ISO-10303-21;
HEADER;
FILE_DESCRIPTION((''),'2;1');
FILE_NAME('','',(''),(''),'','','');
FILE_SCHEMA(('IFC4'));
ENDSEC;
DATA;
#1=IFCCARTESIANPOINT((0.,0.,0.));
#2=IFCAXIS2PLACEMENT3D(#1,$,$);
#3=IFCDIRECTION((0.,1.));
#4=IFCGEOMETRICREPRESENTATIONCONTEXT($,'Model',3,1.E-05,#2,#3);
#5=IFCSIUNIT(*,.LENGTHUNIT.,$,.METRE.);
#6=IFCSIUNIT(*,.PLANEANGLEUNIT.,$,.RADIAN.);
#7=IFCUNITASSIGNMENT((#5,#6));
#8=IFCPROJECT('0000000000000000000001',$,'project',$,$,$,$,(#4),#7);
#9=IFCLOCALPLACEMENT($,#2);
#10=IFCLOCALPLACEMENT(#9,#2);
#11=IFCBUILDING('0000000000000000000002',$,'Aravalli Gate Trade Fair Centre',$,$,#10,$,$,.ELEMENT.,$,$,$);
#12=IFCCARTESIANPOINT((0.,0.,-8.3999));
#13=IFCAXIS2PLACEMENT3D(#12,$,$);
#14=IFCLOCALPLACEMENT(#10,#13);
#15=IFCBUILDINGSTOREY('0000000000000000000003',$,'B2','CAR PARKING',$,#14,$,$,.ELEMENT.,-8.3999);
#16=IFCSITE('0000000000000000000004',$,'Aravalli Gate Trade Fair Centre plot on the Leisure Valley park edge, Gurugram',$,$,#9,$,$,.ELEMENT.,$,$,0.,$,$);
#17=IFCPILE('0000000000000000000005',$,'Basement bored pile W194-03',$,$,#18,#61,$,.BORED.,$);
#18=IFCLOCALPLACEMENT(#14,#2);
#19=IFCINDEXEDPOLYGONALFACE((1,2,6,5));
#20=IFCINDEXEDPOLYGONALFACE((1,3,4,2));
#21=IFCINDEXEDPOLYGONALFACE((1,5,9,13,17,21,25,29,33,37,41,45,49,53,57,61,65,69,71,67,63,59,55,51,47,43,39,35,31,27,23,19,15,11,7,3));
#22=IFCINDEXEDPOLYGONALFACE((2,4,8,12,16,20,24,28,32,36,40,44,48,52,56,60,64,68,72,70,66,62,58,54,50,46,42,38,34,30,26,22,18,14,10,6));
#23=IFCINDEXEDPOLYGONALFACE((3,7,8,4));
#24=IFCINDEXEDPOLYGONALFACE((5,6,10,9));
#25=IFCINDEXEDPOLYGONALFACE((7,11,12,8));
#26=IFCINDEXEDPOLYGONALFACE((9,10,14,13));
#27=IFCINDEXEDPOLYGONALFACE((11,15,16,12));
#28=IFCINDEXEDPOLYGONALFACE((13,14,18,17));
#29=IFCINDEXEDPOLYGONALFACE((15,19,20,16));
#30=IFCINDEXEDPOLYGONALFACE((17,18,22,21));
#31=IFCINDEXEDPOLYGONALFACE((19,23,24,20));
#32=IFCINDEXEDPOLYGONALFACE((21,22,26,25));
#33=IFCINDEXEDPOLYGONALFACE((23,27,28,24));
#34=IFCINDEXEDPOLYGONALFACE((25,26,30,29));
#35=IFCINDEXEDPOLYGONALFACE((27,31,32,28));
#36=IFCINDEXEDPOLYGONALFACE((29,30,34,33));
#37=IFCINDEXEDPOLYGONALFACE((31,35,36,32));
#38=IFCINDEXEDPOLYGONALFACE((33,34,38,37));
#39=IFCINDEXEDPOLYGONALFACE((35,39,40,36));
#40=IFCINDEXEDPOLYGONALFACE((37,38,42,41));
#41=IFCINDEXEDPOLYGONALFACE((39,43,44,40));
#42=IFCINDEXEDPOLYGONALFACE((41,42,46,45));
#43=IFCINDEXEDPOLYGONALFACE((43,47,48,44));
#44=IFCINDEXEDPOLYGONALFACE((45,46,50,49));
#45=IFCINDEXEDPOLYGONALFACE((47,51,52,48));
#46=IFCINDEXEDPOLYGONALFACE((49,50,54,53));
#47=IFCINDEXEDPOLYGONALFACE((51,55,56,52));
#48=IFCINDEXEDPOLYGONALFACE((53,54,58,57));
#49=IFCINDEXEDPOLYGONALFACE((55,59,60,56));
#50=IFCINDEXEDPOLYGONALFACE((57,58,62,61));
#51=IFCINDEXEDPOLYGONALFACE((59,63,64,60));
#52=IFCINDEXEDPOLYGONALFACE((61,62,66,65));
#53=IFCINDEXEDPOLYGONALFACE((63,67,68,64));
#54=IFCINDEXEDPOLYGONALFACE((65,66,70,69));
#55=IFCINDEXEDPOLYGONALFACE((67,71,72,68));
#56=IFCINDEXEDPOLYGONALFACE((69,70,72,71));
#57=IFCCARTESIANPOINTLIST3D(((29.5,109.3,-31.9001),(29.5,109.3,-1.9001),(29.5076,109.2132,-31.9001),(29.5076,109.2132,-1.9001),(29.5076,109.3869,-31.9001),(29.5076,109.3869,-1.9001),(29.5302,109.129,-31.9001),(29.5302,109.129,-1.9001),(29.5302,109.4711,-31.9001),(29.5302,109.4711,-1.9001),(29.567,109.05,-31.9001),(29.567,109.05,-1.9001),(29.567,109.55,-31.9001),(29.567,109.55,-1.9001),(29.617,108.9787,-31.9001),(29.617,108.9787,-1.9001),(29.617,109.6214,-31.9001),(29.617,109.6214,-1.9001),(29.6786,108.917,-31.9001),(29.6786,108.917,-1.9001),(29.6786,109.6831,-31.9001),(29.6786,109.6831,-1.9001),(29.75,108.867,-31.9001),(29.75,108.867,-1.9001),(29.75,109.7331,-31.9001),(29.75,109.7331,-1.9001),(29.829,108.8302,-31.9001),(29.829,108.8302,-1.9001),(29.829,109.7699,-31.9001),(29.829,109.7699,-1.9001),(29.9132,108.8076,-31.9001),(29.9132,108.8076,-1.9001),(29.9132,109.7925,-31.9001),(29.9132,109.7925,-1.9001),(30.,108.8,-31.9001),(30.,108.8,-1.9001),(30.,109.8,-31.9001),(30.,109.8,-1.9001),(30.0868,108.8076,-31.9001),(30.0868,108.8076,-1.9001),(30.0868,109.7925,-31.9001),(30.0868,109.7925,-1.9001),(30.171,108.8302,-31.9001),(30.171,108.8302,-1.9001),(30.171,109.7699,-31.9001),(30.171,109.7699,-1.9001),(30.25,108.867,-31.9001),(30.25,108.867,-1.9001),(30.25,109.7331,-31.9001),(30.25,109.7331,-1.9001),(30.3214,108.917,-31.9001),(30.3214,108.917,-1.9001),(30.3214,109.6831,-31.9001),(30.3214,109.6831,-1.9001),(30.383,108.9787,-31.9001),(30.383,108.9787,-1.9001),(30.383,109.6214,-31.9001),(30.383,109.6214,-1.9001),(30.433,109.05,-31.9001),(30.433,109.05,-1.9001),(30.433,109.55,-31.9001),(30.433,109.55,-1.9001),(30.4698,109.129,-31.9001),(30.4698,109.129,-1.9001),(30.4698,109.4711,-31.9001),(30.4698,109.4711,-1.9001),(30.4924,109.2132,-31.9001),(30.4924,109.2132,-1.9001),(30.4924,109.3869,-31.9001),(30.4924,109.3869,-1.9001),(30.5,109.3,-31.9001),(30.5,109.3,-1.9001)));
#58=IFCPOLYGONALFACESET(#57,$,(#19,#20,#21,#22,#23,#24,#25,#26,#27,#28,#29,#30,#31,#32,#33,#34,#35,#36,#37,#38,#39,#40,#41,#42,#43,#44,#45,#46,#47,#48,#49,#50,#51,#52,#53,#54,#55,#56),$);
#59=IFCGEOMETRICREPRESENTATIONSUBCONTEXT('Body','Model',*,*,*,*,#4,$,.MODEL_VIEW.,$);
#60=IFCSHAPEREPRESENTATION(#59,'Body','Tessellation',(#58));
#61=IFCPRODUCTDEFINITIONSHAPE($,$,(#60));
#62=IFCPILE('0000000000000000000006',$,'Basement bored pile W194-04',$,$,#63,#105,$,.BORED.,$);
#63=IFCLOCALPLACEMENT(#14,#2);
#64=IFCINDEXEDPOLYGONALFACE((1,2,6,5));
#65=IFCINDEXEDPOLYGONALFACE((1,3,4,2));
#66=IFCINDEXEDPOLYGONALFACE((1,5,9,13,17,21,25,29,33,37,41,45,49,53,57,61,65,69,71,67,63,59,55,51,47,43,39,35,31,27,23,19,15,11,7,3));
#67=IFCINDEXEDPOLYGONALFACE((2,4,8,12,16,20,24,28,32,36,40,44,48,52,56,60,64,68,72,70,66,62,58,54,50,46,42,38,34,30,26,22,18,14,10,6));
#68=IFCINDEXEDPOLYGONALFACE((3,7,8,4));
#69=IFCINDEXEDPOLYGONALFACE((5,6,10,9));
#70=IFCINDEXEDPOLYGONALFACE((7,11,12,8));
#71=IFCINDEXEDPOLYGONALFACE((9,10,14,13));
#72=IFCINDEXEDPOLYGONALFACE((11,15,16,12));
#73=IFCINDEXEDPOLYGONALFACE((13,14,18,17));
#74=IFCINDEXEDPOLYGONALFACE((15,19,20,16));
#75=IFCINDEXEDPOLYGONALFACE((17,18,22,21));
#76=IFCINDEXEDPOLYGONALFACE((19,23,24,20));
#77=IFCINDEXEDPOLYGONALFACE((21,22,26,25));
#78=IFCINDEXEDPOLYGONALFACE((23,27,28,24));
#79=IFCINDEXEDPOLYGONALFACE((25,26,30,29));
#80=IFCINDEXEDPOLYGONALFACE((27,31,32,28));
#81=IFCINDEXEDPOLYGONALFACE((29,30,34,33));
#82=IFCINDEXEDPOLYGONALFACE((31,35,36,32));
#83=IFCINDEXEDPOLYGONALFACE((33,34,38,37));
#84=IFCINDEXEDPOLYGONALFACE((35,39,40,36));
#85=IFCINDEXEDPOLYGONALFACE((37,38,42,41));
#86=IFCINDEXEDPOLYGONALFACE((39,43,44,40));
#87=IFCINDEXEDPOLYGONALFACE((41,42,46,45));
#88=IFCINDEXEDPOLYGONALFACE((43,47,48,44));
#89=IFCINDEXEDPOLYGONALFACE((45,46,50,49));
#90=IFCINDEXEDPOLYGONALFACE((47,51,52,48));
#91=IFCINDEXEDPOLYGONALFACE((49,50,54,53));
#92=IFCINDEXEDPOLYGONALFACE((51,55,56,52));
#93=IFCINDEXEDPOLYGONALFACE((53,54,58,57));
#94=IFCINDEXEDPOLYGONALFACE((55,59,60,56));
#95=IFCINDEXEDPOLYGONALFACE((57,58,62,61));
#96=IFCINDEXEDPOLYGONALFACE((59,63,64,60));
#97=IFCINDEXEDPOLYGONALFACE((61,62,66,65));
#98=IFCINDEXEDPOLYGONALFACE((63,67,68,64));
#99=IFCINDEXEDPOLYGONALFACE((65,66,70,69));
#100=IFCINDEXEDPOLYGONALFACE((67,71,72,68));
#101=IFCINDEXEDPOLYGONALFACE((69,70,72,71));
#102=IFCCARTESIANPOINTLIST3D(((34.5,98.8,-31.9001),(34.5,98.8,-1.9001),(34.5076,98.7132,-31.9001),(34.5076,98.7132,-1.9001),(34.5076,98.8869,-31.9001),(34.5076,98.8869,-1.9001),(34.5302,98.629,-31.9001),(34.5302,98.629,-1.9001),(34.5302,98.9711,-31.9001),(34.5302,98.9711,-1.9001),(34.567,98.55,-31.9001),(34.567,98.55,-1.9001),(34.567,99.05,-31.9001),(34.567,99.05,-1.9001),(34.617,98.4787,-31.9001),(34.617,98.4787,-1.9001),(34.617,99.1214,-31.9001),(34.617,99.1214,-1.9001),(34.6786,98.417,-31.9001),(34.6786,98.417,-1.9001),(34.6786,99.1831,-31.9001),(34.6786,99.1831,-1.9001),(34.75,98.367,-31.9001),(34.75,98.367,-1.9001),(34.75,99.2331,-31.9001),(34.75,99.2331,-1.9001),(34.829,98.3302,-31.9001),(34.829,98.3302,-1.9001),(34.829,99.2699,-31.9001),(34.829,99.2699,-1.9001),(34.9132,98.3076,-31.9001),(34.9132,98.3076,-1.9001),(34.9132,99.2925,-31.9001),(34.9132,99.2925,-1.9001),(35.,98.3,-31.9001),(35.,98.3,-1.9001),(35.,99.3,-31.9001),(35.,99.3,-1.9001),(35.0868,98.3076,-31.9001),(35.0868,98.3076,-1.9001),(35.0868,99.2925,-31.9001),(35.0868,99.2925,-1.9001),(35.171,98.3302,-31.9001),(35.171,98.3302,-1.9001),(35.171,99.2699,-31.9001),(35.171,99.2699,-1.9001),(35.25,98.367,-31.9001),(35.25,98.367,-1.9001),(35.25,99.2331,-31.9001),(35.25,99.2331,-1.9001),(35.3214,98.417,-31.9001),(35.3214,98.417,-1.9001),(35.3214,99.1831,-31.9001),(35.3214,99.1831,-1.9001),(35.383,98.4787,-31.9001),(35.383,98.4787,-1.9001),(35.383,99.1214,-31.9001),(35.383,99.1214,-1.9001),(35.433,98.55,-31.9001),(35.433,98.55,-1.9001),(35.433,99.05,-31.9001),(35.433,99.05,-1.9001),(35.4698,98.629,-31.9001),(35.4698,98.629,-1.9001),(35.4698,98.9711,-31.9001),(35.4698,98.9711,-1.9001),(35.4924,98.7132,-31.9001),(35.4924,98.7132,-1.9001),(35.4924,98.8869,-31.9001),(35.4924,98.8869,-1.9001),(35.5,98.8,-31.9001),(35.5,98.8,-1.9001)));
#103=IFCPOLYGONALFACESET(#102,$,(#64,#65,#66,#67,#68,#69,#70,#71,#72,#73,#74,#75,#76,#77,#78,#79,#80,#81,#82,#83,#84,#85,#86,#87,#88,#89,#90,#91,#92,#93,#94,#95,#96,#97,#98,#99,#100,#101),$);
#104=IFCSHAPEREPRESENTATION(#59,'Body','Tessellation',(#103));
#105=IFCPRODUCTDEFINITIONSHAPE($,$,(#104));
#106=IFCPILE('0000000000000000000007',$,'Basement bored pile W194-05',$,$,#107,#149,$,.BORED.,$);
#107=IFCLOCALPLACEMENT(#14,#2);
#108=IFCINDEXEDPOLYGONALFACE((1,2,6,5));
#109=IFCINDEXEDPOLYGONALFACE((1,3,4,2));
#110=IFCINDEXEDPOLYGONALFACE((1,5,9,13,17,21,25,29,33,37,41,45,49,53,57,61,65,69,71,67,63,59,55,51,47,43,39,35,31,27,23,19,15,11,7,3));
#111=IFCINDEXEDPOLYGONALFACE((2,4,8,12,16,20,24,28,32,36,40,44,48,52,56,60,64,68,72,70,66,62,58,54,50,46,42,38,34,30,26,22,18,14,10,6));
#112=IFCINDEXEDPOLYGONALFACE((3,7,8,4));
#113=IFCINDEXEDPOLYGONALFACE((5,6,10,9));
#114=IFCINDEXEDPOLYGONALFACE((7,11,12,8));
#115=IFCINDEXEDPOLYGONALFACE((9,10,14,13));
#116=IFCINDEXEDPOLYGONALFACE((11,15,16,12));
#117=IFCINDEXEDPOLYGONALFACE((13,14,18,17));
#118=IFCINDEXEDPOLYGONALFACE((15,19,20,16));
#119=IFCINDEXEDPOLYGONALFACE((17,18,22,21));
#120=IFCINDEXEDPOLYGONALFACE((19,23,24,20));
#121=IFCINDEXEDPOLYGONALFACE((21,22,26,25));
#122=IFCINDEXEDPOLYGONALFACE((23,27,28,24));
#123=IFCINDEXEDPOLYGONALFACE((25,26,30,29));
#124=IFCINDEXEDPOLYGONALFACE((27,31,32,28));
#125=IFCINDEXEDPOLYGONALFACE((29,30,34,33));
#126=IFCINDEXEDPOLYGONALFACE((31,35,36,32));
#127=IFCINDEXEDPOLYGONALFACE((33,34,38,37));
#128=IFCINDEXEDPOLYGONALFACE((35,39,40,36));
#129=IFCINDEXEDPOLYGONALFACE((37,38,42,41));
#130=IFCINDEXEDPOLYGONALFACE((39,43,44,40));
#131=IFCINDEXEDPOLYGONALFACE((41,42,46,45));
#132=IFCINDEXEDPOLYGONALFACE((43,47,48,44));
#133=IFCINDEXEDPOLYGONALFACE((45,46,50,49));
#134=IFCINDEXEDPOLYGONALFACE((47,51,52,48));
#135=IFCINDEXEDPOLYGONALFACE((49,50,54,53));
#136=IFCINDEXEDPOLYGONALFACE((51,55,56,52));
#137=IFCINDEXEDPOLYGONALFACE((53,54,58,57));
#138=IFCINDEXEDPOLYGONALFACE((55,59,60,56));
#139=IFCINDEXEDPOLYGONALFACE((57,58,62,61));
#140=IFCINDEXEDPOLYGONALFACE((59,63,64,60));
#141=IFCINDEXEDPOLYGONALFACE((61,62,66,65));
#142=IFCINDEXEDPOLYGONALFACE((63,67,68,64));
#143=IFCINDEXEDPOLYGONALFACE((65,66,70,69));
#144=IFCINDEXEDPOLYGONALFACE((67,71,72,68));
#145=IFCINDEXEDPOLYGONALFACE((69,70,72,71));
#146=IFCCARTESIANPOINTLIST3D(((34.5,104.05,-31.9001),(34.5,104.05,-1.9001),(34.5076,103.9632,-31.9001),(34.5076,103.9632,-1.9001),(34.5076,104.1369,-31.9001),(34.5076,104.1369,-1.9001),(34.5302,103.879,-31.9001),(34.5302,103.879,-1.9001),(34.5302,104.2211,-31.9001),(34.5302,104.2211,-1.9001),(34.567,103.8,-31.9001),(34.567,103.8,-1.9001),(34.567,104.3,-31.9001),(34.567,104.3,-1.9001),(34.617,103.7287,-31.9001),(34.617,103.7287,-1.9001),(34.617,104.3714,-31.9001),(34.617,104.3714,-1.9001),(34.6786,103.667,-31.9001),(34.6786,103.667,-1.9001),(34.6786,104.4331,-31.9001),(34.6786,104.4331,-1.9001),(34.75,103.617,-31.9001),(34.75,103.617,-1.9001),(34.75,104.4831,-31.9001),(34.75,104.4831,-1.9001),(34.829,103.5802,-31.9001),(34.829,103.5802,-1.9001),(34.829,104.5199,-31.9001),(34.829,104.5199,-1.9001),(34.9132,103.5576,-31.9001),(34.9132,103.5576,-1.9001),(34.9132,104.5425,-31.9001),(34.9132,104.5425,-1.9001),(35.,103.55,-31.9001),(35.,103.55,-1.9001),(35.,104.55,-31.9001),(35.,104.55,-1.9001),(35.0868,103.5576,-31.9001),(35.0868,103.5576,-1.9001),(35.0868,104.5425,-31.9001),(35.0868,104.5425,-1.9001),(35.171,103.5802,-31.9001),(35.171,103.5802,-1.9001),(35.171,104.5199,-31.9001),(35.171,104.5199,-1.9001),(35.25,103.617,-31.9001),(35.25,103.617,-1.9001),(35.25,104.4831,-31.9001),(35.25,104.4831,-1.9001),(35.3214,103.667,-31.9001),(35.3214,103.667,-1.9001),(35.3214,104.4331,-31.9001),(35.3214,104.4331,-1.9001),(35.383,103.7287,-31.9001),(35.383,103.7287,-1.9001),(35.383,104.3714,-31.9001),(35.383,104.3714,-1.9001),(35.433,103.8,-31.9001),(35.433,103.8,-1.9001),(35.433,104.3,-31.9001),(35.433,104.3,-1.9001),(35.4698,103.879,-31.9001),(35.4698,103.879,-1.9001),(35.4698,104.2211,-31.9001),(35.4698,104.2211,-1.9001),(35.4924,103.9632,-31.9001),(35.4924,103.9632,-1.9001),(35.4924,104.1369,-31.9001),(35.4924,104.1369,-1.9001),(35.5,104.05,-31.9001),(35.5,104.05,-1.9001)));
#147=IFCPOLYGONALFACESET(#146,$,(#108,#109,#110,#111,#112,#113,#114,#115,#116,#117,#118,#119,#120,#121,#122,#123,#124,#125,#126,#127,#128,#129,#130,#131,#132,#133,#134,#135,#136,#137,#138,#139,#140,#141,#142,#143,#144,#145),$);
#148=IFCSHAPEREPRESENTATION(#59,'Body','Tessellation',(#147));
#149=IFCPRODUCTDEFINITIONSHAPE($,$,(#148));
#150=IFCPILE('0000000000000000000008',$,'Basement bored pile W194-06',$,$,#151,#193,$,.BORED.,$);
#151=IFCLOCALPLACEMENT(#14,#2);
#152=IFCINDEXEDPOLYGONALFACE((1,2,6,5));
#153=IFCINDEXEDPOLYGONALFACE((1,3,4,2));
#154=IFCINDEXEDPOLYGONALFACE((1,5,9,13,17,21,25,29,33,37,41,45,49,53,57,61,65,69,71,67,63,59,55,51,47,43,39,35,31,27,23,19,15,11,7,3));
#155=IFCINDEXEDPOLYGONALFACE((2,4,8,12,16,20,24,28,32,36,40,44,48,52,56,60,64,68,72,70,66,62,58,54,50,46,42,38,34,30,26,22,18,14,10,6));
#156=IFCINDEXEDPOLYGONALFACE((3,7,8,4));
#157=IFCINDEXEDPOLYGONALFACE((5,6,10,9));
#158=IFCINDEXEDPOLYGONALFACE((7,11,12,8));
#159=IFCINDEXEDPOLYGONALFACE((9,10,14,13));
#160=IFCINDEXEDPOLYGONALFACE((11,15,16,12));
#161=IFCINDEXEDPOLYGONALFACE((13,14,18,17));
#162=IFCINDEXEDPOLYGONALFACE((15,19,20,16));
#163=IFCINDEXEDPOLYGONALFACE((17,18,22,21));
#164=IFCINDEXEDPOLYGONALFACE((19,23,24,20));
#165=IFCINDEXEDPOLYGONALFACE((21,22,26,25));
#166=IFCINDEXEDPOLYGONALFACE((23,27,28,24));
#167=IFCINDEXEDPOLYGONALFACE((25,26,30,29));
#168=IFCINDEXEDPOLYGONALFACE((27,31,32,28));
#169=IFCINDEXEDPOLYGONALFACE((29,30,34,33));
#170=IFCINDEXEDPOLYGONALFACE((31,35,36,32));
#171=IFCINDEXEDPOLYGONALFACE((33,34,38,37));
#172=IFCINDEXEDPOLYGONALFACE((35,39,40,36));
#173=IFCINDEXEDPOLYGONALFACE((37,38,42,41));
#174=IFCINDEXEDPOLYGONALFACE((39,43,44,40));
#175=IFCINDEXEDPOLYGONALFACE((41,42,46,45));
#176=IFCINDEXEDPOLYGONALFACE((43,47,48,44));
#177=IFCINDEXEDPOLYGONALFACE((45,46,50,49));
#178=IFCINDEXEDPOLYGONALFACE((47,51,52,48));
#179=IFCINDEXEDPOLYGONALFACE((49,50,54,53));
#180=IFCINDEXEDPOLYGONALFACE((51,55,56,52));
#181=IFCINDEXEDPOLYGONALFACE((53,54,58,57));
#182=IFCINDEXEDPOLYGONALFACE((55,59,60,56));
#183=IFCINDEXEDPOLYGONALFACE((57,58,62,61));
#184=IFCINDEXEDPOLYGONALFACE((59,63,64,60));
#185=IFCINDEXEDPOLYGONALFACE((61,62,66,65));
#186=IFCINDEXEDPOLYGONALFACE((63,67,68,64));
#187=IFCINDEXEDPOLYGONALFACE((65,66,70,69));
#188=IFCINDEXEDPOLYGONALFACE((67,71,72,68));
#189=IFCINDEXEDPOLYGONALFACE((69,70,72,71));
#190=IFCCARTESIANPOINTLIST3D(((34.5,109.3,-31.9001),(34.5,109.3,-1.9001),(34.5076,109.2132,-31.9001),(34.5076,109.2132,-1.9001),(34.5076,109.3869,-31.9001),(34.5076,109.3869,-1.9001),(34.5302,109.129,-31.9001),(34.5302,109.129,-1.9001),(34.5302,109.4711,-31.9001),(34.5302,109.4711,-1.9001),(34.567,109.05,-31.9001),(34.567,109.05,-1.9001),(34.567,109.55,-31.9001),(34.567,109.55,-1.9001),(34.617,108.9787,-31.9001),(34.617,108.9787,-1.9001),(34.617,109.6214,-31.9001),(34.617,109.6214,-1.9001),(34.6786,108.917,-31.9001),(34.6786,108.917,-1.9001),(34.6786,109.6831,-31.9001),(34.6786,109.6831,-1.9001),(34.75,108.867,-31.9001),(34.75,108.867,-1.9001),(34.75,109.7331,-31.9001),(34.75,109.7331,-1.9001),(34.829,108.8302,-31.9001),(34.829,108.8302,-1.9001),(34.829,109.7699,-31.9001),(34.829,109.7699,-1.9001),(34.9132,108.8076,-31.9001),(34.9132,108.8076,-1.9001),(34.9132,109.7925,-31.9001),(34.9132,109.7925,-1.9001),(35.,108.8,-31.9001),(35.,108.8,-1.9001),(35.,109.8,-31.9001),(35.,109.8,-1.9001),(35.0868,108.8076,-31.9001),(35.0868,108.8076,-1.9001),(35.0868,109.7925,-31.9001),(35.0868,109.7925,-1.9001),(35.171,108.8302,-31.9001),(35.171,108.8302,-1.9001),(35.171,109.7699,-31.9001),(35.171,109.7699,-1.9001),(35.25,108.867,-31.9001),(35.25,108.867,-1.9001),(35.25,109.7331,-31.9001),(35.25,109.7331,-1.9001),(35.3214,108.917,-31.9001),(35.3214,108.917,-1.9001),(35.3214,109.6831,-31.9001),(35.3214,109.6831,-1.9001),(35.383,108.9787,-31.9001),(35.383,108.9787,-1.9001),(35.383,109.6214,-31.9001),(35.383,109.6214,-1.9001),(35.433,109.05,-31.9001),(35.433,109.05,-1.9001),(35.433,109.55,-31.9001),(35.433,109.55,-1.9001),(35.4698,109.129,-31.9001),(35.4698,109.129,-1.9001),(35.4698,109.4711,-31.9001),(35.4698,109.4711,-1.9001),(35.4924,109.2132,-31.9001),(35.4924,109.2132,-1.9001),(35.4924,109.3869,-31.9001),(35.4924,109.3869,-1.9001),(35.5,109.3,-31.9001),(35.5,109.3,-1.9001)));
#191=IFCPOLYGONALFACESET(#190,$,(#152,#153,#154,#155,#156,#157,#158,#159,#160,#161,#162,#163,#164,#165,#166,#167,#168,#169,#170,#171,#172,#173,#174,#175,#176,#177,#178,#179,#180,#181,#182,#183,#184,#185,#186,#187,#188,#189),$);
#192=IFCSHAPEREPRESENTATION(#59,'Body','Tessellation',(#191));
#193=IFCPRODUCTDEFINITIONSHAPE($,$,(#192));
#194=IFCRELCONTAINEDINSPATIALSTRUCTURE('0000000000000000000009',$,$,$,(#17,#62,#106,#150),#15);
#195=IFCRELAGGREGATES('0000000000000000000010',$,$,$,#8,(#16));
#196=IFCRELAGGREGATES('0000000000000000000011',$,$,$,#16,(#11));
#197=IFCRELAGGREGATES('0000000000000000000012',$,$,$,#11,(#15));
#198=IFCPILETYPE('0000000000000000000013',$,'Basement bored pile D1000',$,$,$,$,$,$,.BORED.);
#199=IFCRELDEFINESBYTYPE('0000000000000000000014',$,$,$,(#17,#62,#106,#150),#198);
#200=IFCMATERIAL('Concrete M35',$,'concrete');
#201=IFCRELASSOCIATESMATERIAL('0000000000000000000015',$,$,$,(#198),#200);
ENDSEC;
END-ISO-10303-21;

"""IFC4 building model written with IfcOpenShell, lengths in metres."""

from ifc_helpers import new_model, si_unit, direction, frame, origin, origin_2d, place, context, subcontext, project, spatial, circle, extrude, material, material_profile, profile_set, type_object, element, save


model = new_model("IFC4")

# Units and contexts
model_context = context("Model", 3, precision=1e-05, world=origin(), true_north=direction((0.0, 1.0)))
body_context = subcontext(model_context, "Body", "Model", "MODEL_VIEW")
ifc_project = project(units=[si_unit("LENGTHUNIT", "METRE"), si_unit("PLANEANGLEUNIT", "RADIAN")], contexts=[model_context])

# Site, building, storey
site_placement = place(None, origin())
site = spatial("IfcSite", under=ifc_project, at=site_placement, Name="Aravalli Gate Trade Fair Centre plot on the Leisure Valley park edge, Gurugram", CompositionType="ELEMENT", RefElevation=0.0)
building_placement = place(site_placement, origin())
building = spatial("IfcBuilding", under=site, at=building_placement, Name="Aravalli Gate Trade Fair Centre", CompositionType="ELEMENT")
storey_placement = place(building_placement, frame((0.0, 0.0, -8.3999)))
storey = spatial("IfcBuildingStorey", under=building, at=storey_placement, Name="B2", Description="CAR PARKING", CompositionType="ELEMENT", Elevation=-8.3999)

# Piles
ifc_material_1 = material(Name="Concrete M35", Category="concrete")
ifc_material_profile_1 = material_profile(ifc_material_1, circle(Radius=0.5, at=origin_2d()), Name="D1000")
ifc_profile_set_1 = profile_set([ifc_material_profile_1], Name="Concrete M35")
pile_type = type_object("IfcPileType", Name="Basement bored pile D1000", PredefinedType="BORED", material=ifc_profile_set_1)
for number, where, z_axis, x_axis, name in (
    (1, (30.0, 109.3, -1.9001), (0.0, 0.0, -1.0), (1.0, 0.0, 0.0), "Basement bored pile W194-03"),
    (2, (35.0, 98.8, -1.9001), (0.0, 0.0, -1.0), (1.0, 0.0, 0.0), "Basement bored pile W194-04"),
    (3, (35.0, 104.05, -1.9001), (0.0, 0.0, -1.0), (1.0, 0.0, 0.0), "Basement bored pile W194-05"),
    (4, (35.0, 109.3, -1.9001), (0.0, 0.0, -1.0), (1.0, 0.0, 0.0), "Basement bored pile W194-06"),
):
    element("IfcPile", number, at=place(storey_placement, frame(where, z_axis=z_axis, x_axis=x_axis)), inside=storey, type_object=pile_type, Name=name, PredefinedType="BORED", context=body_context, shape_type="SweptSolid", body=[
        extrude(circle(Radius=0.5, at=origin_2d()), origin(), (0.0, 0.0, 1.0), 30.0),
    ])

save(model, "model.ifc")
